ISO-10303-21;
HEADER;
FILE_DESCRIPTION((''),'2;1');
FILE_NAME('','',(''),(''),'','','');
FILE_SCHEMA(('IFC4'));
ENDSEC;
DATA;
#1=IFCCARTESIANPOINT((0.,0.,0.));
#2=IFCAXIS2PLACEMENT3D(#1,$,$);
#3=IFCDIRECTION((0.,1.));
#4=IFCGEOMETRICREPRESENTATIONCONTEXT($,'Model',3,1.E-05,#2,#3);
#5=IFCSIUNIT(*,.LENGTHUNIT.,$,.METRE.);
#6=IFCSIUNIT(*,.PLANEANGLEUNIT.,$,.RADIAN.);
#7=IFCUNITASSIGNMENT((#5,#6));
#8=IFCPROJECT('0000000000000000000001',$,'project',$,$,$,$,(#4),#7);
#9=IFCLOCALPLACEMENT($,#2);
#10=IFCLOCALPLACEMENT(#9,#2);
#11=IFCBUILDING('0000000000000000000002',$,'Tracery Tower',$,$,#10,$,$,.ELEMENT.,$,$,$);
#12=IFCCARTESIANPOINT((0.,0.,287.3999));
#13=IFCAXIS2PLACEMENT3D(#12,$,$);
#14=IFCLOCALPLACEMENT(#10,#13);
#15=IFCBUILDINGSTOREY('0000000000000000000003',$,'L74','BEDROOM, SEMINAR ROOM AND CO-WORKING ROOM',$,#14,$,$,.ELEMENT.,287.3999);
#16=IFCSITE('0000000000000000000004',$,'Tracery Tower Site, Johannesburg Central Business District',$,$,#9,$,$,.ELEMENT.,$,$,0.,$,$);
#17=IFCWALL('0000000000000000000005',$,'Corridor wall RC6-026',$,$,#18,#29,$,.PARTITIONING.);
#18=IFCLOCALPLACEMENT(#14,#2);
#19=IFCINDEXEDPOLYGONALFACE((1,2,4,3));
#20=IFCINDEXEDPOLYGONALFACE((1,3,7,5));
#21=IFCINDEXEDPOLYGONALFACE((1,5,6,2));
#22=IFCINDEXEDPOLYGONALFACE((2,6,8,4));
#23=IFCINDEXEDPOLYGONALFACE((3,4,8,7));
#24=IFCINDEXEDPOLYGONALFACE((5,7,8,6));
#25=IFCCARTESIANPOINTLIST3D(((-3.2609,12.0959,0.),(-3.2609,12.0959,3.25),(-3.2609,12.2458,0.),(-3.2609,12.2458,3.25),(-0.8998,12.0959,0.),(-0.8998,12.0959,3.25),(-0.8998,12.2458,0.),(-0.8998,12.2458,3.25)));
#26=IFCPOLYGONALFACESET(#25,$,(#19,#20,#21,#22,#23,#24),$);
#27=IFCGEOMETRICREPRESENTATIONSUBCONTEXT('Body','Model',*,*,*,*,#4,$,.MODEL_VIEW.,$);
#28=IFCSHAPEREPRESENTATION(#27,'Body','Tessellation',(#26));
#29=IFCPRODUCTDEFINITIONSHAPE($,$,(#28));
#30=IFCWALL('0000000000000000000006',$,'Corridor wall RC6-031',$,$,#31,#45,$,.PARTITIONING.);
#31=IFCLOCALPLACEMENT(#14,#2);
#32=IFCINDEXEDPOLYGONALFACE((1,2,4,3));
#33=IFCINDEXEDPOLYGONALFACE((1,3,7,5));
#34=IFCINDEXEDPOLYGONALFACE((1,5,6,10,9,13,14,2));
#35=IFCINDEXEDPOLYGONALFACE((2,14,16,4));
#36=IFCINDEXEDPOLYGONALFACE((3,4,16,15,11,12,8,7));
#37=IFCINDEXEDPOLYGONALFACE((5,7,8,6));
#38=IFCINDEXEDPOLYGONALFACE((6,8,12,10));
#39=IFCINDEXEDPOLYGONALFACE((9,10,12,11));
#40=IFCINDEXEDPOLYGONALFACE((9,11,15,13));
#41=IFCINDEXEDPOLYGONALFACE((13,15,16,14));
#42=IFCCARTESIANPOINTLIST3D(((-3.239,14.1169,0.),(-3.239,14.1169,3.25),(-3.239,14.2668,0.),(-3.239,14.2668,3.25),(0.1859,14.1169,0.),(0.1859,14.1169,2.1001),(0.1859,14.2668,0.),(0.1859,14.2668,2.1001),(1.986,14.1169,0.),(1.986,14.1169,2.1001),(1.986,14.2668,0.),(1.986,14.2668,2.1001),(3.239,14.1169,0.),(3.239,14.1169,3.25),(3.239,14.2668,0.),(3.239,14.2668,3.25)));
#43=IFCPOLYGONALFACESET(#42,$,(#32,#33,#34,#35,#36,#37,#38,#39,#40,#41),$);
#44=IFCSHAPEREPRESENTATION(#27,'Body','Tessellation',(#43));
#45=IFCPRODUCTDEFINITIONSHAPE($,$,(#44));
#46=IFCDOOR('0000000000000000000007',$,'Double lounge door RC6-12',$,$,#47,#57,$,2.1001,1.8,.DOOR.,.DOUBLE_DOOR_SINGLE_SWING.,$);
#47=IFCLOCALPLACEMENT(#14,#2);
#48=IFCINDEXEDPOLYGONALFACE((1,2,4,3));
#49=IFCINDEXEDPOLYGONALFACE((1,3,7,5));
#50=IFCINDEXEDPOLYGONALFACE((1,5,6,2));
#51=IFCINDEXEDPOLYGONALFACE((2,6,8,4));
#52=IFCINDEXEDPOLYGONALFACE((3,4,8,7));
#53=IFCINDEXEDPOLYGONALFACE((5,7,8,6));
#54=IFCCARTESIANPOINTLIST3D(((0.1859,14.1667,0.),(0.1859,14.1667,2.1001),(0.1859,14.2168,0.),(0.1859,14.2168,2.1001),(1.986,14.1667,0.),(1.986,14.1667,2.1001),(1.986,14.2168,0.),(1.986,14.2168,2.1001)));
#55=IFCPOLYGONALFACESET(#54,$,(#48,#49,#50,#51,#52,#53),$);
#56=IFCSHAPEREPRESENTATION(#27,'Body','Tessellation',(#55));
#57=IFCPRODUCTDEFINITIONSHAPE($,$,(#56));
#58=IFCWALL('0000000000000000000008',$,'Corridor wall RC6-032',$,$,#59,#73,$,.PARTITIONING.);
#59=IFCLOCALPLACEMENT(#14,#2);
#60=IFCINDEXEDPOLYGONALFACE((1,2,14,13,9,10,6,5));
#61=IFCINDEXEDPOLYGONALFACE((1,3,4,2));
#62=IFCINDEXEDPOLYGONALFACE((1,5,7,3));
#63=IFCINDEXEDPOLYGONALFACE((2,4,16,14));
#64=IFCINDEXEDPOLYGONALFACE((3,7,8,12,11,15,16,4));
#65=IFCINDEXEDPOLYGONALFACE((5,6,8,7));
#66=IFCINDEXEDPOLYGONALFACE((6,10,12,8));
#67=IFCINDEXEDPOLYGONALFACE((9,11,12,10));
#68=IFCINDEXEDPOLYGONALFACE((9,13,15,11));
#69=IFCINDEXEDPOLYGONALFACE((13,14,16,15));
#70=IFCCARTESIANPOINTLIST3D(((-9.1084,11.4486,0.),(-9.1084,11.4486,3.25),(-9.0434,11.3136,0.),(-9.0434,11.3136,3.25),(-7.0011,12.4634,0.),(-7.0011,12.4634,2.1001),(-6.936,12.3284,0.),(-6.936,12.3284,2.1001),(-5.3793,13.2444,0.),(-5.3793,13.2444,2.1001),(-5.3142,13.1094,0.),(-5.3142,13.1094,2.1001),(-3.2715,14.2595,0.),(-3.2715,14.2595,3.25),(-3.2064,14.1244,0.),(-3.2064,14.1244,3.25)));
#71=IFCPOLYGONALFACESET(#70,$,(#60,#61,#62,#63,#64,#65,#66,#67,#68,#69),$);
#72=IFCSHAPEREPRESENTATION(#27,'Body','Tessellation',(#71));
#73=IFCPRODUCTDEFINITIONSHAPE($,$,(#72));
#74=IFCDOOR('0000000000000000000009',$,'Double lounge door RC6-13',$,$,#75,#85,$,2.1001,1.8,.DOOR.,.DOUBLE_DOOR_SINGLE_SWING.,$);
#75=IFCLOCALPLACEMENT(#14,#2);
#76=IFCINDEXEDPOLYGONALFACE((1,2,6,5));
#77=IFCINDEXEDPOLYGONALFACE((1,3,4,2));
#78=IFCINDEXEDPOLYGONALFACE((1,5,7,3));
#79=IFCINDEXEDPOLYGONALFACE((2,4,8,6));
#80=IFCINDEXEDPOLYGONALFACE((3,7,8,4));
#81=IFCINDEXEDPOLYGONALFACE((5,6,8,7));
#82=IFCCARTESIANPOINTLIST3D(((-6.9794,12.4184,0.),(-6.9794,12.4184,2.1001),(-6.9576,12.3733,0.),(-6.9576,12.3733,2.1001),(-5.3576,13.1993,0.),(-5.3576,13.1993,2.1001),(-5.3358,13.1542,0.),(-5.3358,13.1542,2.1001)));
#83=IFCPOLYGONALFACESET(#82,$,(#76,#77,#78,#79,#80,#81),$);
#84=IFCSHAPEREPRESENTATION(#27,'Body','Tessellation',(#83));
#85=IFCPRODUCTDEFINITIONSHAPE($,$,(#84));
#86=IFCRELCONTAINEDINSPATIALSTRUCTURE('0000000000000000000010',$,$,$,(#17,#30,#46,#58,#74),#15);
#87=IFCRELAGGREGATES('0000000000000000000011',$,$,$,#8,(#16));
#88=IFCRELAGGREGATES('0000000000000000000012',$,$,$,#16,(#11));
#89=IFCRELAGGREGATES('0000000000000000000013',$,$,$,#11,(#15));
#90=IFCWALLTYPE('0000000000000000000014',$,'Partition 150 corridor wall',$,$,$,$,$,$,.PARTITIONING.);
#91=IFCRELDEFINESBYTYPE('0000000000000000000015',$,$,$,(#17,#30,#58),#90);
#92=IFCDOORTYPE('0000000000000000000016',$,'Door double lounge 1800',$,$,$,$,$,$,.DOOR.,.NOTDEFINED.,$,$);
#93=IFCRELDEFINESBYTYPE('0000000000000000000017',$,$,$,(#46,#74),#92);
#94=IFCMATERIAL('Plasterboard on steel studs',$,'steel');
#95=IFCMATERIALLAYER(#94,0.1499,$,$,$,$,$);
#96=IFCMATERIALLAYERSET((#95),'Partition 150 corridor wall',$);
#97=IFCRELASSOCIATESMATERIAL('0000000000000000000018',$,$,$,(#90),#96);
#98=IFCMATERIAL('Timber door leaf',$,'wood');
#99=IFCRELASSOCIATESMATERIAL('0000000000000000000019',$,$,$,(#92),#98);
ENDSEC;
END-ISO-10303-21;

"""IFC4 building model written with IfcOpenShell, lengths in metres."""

from ifc_helpers import new_model, si_unit, direction, frame, frame_2d, origin, place, context, subcontext, project, spatial, rectangle, extrude, material, layer, layer_set, type_object, element, fill, save


model = new_model("IFC4")

# Units and contexts
model_context = context("Model", 3, precision=1e-05, world=origin(), true_north=direction((0.0, 1.0)))
body_context = subcontext(model_context, "Body", "Model", "MODEL_VIEW")
ifc_project = project(units=[si_unit("LENGTHUNIT", "METRE"), si_unit("PLANEANGLEUNIT", "RADIAN")], contexts=[model_context])

# Site, building, storey
site_placement = place(None, origin())
site = spatial("IfcSite", under=ifc_project, at=site_placement, Name="Tracery Tower Site, Johannesburg Central Business District", CompositionType="ELEMENT", RefElevation=0.0)
building_placement = place(site_placement, origin())
building = spatial("IfcBuilding", under=site, at=building_placement, Name="Tracery Tower", CompositionType="ELEMENT")
storey_placement = place(building_placement, frame((0.0, 0.0, 287.3999)))
storey = spatial("IfcBuildingStorey", under=building, at=storey_placement, Name="L74", Description="BEDROOM, SEMINAR ROOM AND CO-WORKING ROOM", CompositionType="ELEMENT", Elevation=287.3999)

# Shared definitions
ifc_material_1 = material(Name="Plasterboard on steel studs", Category="steel")
ifc_layer_1 = layer(ifc_material_1, 0.1499)
ifc_layer_set_1 = layer_set([ifc_layer_1], Name="Partition 150 corridor wall")
wall_type_1 = type_object("IfcWallType", Name="Partition 150 corridor wall", PredefinedType="PARTITIONING", material=ifc_layer_set_1)

# Wall
wall_1_placement = place(storey_placement, frame((-3.261, 12.1709, 0.0), z_axis=(0.0, 0.0, 1.0), x_axis=(1.0, 0.0, 0.0)))
element("IfcWall", 1, at=wall_1_placement, inside=storey, type_object=wall_type_1, Name="Corridor wall RC6-026", PredefinedType="PARTITIONING", context=body_context, shape_type="SweptSolid", body=[
    extrude(rectangle(XDim=2.3611, YDim=0.1499, at=frame_2d((1.1807, 0.0))), origin(), (0.0, 0.0, 1.0), 3.25),
])

# Walls, openings, doors
wall_2_placement = place(storey_placement, frame((-3.239, 14.1919, 0.0), z_axis=(0.0, 0.0, 1.0), x_axis=(1.0, 0.0, 0.0)))
wall_2 = element("IfcWall", 2, at=wall_2_placement, inside=storey, type_object=wall_type_1, Name="Corridor wall RC6-031", PredefinedType="PARTITIONING", context=body_context, shape_type="SweptSolid", body=[
    extrude(rectangle(XDim=6.478, YDim=0.1499, at=frame_2d((3.239, 0.0))), origin(), (0.0, 0.0, 1.0), 3.25),
])
opening_1_placement = place(wall_2_placement, frame((3.425, 0.0, 0.0)))
opening_1 = element("IfcOpeningElement", 3, at=opening_1_placement, cuts=wall_2, PredefinedType="OPENING", context=body_context, shape_type="SweptSolid", body=[
    extrude(rectangle(XDim=1.8, YDim=2.1001, at=frame_2d((0.8999, 1.05))), frame((0.0, 0.075, 0.0), z_axis=(0.0, -1.0, 0.0), x_axis=(1.0, 0.0, 0.0)), (0.0, 0.0, 1.0), 0.1499),
])
ifc_material_2 = material(Name="Timber door leaf", Category="wood")
door_type_1 = type_object("IfcDoorType", Name="Door double lounge 1800", OperationType="NOTDEFINED", PredefinedType="DOOR", material=ifc_material_2)
door_1_placement = place(opening_1_placement, origin())
door_1 = element("IfcDoor", 4, at=door_1_placement, inside=storey, type_object=door_type_1, Name="Double lounge door RC6-12", OperationType="DOUBLE_DOOR_SINGLE_SWING", OverallHeight=2.1001, OverallWidth=1.8, PredefinedType="DOOR", context=body_context, shape_type="SweptSolid", body=[
    extrude(rectangle(XDim=1.8, YDim=2.1001, at=frame_2d((0.8999, 1.05))), frame((0.0, 0.0249, 0.0), z_axis=(0.0, -1.0, 0.0), x_axis=(1.0, 0.0, 0.0)), (0.0, 0.0, 1.0), 0.05),
])
fill(opening_1, door_1)
wall_3_placement = place(storey_placement, frame((-9.0759, 11.3811, 0.0), z_axis=(0.0, 0.0, 1.0), x_axis=(0.900976, 0.433869, 0.0)))
wall_3 = element("IfcWall", 5, at=wall_3_placement, inside=storey, type_object=wall_type_1, Name="Corridor wall RC6-032", PredefinedType="PARTITIONING", context=body_context, shape_type="SweptSolid", body=[
    extrude(rectangle(XDim=6.4785, YDim=0.1499, at=frame_2d((3.2393, 0.0))), origin(), (0.0, 0.0, 1.0), 3.25),
])
opening_2_placement = place(wall_3_placement, frame((2.3391, 0.0, 0.0)))
opening_2 = element("IfcOpeningElement", 6, at=opening_2_placement, cuts=wall_3, PredefinedType="OPENING", context=body_context, shape_type="SweptSolid", body=[
    extrude(rectangle(XDim=1.8, YDim=2.1001, at=frame_2d((0.8999, 1.05))), frame((0.0, 0.075, 0.0), z_axis=(0.0, -1.0, 0.0), x_axis=(1.0, 0.0, 0.0)), (0.0, 0.0, 1.0), 0.1499),
])
door_2_placement = place(opening_2_placement, origin())
door_2 = element("IfcDoor", 7, at=door_2_placement, inside=storey, type_object=door_type_1, Name="Double lounge door RC6-13", OperationType="DOUBLE_DOOR_SINGLE_SWING", OverallHeight=2.1001, OverallWidth=1.8, PredefinedType="DOOR", context=body_context, shape_type="SweptSolid", body=[
    extrude(rectangle(XDim=1.8, YDim=2.1001, at=frame_2d((0.8999, 1.05))), frame((0.0, 0.0249, 0.0), z_axis=(0.0, -1.0, 0.0), x_axis=(1.0, 0.0, 0.0)), (0.0, 0.0, 1.0), 0.05),
])
fill(opening_2, door_2)

save(model, "model.ifc")
